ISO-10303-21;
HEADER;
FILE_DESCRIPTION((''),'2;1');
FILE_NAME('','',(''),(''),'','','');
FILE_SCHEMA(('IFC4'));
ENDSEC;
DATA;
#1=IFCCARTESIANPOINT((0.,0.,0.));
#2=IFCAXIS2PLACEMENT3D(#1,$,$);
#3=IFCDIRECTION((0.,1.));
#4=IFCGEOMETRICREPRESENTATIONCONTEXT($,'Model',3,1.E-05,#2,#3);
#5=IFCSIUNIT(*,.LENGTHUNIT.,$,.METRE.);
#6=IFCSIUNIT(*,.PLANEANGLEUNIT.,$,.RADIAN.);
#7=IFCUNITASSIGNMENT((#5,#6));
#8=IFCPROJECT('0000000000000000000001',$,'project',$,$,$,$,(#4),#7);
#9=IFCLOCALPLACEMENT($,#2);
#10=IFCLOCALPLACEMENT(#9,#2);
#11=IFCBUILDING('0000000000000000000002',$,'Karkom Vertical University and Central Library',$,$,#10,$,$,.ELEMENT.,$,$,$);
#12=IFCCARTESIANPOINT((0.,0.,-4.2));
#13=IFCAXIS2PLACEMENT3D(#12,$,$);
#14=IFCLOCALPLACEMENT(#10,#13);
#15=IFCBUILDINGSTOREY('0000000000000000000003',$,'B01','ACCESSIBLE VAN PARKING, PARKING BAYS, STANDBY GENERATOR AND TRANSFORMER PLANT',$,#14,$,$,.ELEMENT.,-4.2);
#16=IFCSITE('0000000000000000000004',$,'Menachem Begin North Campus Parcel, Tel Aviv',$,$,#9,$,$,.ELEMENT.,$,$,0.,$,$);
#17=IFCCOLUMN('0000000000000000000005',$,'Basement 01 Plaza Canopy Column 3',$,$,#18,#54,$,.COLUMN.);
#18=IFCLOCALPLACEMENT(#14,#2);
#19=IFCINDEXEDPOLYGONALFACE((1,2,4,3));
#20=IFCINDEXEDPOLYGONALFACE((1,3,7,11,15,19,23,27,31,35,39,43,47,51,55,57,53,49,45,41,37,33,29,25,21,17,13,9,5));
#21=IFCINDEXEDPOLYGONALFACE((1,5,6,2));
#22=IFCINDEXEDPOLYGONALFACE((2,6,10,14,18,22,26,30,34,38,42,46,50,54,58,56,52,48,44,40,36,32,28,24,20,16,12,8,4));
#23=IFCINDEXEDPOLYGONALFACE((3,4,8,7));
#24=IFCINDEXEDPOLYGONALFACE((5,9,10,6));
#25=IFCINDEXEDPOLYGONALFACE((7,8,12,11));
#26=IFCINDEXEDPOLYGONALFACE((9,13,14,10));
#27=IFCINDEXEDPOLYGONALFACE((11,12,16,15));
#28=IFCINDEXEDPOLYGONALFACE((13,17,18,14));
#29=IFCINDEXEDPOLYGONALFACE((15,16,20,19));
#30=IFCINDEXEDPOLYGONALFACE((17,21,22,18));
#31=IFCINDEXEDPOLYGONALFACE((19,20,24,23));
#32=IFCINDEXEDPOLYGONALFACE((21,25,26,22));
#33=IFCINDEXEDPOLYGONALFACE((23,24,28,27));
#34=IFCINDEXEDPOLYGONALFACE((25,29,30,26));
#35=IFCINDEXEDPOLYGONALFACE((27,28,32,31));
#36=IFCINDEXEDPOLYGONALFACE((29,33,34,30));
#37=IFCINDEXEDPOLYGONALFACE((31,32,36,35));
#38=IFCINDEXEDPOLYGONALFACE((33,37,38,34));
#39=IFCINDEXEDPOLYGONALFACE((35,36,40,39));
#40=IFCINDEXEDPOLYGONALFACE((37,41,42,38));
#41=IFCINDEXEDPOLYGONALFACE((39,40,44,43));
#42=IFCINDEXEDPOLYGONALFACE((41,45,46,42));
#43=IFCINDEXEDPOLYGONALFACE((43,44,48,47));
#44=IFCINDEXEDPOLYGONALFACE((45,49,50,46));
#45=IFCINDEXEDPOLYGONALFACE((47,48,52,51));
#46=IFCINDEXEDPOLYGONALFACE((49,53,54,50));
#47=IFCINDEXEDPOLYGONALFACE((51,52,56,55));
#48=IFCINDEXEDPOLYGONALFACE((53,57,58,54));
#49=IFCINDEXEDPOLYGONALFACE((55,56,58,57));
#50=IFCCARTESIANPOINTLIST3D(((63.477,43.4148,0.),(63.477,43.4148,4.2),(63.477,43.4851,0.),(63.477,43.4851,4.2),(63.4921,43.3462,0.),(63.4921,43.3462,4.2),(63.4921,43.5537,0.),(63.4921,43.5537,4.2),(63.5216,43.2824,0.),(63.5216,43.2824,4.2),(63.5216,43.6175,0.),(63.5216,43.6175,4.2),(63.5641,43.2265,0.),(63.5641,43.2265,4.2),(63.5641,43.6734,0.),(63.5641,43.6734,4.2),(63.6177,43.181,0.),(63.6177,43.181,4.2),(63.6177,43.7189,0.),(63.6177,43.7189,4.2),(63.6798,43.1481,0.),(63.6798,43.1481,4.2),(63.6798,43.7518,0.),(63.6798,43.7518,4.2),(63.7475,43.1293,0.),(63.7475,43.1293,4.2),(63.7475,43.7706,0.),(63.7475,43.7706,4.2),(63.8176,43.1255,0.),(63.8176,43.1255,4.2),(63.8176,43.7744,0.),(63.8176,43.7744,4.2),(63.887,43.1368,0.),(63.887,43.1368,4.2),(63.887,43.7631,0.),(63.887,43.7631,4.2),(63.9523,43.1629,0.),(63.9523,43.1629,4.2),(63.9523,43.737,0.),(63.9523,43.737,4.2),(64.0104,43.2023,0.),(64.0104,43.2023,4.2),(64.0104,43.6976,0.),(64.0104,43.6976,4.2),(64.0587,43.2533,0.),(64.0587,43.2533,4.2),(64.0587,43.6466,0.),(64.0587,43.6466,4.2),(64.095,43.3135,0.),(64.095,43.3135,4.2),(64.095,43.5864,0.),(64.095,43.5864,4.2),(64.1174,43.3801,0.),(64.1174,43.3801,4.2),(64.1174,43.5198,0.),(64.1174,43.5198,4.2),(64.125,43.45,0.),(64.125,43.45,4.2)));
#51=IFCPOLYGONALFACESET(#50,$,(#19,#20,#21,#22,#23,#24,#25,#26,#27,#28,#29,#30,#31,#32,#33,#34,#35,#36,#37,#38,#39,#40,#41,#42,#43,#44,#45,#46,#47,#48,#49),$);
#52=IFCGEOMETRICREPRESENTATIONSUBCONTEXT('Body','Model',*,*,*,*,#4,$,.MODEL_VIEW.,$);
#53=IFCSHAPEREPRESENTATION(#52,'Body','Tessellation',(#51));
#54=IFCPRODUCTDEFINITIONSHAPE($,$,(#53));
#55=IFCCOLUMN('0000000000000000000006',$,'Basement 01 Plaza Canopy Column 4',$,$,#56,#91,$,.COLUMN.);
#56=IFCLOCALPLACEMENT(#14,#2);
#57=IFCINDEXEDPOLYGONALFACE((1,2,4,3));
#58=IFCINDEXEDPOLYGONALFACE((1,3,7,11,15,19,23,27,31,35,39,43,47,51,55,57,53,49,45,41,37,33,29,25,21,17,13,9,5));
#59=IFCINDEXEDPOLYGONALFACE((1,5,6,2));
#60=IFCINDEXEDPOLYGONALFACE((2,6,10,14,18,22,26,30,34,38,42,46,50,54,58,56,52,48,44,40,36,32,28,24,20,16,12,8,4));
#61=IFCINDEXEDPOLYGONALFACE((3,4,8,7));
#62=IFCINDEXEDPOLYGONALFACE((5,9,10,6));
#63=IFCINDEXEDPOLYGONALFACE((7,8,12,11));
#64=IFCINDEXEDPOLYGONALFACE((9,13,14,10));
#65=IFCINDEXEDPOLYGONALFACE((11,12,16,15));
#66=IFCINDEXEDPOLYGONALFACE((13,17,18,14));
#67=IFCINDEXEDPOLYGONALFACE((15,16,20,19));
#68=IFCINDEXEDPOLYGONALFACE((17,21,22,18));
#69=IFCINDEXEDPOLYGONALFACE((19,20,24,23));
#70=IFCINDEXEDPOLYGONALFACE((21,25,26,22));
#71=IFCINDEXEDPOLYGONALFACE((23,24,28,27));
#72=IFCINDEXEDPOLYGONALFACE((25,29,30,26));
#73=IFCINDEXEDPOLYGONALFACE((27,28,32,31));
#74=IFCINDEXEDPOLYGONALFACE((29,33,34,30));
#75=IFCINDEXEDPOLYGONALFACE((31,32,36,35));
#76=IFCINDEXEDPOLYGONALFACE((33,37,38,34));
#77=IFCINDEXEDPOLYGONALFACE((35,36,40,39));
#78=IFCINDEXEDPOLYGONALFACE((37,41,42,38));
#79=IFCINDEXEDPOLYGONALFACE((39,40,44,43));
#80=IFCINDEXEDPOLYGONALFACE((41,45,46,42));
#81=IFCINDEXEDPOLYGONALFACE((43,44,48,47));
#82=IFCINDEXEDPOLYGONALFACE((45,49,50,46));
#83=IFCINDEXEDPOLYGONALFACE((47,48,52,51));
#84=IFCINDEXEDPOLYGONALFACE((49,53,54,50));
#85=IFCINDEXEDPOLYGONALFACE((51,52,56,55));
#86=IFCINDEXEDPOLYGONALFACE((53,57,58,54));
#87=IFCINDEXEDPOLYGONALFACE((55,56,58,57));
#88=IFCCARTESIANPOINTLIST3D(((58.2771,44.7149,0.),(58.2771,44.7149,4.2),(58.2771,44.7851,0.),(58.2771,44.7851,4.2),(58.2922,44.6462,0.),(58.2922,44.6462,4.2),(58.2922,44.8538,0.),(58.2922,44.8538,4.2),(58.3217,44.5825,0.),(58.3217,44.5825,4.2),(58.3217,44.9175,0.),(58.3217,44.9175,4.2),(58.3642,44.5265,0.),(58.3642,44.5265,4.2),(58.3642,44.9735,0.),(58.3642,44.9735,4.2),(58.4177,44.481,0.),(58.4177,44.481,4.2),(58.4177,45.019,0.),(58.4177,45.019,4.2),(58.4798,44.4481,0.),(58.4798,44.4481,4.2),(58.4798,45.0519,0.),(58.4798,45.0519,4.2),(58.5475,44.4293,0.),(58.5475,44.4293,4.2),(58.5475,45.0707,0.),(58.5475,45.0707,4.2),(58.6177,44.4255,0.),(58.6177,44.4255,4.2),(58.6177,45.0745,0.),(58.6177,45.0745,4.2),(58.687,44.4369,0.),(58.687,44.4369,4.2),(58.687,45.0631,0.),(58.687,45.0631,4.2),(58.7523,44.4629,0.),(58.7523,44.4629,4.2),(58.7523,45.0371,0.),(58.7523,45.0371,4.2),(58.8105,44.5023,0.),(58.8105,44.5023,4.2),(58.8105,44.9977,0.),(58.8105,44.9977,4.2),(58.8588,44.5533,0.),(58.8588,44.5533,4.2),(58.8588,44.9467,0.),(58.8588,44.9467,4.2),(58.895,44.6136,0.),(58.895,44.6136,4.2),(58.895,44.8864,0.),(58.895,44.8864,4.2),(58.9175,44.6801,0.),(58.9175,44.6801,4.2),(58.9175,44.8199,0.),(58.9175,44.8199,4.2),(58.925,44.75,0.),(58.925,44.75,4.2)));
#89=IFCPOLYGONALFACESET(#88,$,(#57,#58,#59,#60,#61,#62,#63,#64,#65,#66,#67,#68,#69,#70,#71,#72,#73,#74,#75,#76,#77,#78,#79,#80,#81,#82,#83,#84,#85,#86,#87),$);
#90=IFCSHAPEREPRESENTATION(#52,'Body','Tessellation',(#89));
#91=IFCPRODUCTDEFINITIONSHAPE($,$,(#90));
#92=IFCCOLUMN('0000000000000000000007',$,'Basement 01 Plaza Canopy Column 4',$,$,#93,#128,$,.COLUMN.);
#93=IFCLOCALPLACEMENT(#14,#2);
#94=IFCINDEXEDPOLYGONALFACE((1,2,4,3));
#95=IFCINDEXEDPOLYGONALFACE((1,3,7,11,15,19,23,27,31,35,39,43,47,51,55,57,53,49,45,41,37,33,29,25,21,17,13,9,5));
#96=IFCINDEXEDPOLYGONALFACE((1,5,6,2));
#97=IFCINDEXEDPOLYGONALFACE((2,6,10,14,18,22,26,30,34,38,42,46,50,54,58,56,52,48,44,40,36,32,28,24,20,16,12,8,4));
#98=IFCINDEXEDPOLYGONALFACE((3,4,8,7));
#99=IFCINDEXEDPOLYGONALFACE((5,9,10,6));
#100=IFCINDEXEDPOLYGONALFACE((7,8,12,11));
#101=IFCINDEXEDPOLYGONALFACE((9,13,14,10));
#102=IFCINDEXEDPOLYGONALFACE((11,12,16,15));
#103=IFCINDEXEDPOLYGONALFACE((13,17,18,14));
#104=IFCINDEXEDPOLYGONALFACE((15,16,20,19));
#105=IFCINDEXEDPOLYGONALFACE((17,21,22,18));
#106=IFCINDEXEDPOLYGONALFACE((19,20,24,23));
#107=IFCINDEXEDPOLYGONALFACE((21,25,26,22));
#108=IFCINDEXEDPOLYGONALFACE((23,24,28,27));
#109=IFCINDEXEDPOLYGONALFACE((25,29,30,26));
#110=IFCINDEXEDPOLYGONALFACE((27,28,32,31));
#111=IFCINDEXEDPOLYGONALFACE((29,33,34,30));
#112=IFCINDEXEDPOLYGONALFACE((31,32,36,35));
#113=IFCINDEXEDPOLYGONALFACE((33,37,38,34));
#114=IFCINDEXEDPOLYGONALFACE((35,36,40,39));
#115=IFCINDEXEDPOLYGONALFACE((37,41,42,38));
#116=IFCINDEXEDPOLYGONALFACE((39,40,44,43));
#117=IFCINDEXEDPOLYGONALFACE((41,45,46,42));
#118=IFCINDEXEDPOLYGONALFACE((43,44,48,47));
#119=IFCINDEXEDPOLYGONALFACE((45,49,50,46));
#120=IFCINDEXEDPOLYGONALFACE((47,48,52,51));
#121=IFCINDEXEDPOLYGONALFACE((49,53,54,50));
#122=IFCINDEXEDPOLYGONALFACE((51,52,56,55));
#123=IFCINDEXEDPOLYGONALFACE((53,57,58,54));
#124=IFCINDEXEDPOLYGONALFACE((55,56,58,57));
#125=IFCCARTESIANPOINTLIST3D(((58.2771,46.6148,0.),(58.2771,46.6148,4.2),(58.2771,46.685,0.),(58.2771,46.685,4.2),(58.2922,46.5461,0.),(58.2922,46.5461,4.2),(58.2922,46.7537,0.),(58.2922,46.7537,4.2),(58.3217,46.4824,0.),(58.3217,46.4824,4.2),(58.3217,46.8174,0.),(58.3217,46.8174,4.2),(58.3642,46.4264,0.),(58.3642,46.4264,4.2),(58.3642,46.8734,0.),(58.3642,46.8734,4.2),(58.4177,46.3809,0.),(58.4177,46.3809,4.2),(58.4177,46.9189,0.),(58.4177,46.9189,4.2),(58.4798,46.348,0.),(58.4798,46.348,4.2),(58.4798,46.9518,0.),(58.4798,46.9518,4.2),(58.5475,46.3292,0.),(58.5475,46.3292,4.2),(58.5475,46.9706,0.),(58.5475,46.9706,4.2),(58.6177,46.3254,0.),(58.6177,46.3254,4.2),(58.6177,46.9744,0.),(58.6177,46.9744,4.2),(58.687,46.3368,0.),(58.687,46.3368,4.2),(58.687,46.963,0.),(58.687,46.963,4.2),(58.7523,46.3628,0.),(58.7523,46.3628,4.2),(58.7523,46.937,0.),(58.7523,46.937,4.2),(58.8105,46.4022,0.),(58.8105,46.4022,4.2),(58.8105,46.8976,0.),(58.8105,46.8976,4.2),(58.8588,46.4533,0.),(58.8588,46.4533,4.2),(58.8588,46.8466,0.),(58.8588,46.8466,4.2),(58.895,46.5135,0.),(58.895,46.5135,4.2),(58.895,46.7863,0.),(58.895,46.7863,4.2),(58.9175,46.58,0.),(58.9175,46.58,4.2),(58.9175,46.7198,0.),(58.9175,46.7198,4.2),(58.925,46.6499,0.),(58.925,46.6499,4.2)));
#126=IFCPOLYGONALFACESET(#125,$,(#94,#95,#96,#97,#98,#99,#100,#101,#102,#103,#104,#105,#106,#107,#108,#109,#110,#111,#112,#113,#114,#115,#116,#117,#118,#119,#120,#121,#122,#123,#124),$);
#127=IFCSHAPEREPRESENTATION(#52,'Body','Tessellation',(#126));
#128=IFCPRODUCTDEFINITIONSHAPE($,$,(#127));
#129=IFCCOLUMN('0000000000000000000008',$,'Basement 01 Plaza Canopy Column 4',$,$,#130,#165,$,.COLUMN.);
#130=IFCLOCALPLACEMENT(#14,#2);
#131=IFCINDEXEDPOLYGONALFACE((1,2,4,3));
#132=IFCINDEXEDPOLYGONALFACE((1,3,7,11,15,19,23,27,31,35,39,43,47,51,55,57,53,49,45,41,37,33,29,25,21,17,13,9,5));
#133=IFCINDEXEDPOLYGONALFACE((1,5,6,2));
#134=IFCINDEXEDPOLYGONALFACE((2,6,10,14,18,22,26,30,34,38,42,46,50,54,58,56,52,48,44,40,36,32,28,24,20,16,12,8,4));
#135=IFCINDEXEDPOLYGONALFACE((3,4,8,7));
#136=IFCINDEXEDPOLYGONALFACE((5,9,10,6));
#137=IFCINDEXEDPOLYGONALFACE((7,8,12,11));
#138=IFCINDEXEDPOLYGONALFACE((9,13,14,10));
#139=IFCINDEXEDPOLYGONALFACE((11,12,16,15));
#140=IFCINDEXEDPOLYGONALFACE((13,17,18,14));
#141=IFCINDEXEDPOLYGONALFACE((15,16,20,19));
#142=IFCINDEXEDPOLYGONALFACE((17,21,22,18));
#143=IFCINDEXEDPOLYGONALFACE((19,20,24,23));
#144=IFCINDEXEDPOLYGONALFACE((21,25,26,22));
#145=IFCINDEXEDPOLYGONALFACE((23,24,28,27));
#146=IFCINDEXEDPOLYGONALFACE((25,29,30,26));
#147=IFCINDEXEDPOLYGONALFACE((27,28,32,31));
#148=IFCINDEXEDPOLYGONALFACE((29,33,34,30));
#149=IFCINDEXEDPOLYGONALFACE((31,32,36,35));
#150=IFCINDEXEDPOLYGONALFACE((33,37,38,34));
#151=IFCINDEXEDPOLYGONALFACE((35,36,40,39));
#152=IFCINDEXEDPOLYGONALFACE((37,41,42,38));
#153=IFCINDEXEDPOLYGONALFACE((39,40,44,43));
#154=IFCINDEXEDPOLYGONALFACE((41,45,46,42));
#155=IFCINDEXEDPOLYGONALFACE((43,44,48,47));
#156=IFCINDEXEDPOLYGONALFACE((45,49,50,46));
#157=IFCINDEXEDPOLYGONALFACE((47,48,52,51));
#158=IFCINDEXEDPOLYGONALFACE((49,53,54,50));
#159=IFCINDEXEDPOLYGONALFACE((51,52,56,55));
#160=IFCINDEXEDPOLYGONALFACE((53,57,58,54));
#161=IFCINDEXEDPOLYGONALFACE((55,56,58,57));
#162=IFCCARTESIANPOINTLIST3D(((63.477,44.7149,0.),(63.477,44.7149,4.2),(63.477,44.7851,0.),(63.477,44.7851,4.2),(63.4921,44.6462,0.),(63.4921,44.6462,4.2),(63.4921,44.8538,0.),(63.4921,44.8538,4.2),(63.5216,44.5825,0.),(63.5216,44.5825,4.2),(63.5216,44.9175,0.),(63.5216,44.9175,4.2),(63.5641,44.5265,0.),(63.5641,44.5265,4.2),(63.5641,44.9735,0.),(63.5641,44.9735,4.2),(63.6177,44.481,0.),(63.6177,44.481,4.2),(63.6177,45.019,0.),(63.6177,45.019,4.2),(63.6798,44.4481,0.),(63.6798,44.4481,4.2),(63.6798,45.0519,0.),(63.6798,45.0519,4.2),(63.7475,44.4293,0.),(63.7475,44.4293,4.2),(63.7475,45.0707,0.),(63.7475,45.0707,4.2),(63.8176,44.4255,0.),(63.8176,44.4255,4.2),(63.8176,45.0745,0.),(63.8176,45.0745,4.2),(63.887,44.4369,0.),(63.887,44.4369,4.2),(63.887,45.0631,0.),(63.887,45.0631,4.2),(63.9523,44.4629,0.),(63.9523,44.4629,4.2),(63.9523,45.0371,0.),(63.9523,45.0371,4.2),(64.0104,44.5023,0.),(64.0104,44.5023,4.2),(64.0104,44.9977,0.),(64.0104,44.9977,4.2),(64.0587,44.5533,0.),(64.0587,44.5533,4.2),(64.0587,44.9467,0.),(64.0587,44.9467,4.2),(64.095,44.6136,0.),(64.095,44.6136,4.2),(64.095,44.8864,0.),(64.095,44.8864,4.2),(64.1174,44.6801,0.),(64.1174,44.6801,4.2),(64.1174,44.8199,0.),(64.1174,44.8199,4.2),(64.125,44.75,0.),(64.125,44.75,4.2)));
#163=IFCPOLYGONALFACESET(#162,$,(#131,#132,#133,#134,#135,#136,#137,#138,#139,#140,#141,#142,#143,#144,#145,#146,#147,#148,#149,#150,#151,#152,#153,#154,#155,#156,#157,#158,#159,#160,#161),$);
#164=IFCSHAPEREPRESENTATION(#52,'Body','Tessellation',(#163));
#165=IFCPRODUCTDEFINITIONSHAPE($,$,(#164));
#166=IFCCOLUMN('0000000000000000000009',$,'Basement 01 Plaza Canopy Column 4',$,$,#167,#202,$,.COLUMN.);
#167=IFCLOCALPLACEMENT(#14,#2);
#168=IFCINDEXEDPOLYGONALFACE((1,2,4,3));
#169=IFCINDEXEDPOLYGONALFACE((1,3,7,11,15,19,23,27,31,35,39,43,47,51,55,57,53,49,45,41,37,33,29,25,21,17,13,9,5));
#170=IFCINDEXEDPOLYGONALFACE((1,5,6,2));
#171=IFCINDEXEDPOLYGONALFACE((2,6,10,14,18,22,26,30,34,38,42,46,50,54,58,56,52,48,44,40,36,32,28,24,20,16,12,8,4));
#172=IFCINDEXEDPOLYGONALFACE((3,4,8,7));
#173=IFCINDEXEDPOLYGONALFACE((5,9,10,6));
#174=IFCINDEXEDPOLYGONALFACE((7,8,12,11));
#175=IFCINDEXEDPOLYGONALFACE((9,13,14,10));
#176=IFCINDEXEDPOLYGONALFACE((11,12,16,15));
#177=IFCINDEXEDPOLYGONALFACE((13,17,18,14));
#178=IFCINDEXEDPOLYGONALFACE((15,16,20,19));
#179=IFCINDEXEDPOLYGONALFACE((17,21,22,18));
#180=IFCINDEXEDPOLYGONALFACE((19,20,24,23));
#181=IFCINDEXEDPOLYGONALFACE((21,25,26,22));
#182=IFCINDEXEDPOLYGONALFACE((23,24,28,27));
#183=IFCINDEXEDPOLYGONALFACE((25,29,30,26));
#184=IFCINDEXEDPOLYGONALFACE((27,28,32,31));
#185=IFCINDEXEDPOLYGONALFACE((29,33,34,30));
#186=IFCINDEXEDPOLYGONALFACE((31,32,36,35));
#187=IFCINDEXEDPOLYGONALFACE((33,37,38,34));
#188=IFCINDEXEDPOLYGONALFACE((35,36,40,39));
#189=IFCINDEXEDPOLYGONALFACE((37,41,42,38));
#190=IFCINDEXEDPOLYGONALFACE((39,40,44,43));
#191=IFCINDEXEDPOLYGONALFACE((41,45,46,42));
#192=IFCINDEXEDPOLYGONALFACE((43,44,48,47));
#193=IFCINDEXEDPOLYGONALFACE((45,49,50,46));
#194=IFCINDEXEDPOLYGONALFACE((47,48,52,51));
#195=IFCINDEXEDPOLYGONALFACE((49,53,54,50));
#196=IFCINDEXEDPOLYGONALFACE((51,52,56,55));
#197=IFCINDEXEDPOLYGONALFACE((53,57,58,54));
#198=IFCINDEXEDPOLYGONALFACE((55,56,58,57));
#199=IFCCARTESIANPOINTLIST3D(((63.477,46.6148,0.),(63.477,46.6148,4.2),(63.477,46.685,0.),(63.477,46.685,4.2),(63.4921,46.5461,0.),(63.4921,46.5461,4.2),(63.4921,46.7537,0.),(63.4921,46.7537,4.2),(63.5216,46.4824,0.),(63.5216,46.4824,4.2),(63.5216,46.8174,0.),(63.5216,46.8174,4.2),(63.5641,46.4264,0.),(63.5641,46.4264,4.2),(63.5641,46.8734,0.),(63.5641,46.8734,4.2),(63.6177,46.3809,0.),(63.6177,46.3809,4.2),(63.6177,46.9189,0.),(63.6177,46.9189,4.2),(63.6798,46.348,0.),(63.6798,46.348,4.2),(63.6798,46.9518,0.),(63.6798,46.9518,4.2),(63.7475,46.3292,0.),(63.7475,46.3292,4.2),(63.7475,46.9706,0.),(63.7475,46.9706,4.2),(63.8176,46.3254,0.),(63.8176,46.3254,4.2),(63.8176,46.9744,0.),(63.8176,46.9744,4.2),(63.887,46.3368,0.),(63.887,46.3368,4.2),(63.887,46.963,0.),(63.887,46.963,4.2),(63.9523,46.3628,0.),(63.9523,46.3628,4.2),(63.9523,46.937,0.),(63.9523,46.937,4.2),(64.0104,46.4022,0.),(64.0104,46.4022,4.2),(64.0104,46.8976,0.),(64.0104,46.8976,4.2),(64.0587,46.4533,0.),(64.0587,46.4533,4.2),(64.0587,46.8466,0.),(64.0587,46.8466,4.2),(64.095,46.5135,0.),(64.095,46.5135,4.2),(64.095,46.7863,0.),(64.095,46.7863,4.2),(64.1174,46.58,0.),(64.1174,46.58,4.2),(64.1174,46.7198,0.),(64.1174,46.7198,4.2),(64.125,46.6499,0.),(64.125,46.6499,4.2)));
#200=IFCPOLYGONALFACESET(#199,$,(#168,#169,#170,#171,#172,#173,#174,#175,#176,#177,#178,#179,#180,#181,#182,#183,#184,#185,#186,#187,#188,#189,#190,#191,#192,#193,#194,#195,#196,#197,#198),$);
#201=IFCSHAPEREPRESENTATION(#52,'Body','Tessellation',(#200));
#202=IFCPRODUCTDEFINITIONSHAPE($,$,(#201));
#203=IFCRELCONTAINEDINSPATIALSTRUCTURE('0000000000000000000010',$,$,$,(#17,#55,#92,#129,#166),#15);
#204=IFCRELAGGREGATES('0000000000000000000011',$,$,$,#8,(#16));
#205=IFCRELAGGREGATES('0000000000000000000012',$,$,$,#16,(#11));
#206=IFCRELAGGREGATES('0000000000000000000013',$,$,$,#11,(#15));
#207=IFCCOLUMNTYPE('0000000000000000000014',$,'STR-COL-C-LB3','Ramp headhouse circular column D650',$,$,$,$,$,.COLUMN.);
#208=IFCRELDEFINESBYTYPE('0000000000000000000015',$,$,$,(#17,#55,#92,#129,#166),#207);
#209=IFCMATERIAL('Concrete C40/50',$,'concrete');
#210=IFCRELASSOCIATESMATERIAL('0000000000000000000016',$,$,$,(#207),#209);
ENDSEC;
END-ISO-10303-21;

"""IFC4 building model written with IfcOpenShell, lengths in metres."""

from ifc_helpers import new_model, si_unit, direction, frame, origin, origin_with_axes, origin_2d, place, context, subcontext, project, spatial, circle, extrude, source, transform, mapped, material, material_profile, profile_set, type_object, element, save


model = new_model("IFC4")

# Units and contexts
model_context = context("Model", 3, precision=1e-05, world=origin(), true_north=direction((0.0, 1.0)))
body_context = subcontext(model_context, "Body", "Model", "MODEL_VIEW")
ifc_project = project(units=[si_unit("LENGTHUNIT", "METRE"), si_unit("PLANEANGLEUNIT", "RADIAN")], contexts=[model_context])

# Site, building, storey
site_placement = place(None, origin())
site = spatial("IfcSite", under=ifc_project, at=site_placement, Name="Menachem Begin North Campus Parcel, Tel Aviv", CompositionType="ELEMENT", RefElevation=0.0)
building_placement = place(site_placement, origin())
building = spatial("IfcBuilding", under=site, at=building_placement, Name="Karkom Vertical University and Central Library", CompositionType="ELEMENT")
storey_placement = place(building_placement, frame((0.0, 0.0, -4.2)))
storey = spatial("IfcBuildingStorey", under=building, at=storey_placement, Name="B01", Description="ACCESSIBLE VAN PARKING, PARKING BAYS, STANDBY GENERATOR AND TRANSFORMER PLANT", CompositionType="ELEMENT", Elevation=-4.2)

# Columns
ifc_material_1 = material(Name="Concrete C40/50", Category="concrete")
ifc_material_profile_1 = material_profile(ifc_material_1, circle(Radius=0.325, at=origin_2d()), Name="RC-D650")
ifc_profile_set_1 = profile_set([ifc_material_profile_1], Name="Concrete C40/50")
column_type_1 = type_object("IfcColumnType", Name="STR-COL-C-LB3", Description="Ramp headhouse circular column D650", PredefinedType="COLUMN", material=ifc_profile_set_1)
shared_shape_1 = source(origin_with_axes(), body_context, "Body", "SweptSolid", [
    extrude(circle(Radius=0.325, at=origin_2d()), origin(), (0.0, 0.0, 1.0), 4.2),
])
for number, where, z_axis, x_axis, name in (
    (1, (63.8, 43.45, 0.0), (0.0, 0.0, 1.0), (1.0, 0.0, 0.0), "Basement 01 Plaza Canopy Column 3"),
    (2, (58.6001, 44.75, 0.0), (0.0, 0.0, 1.0), (1.0, 0.0, 0.0), "Basement 01 Plaza Canopy Column 4"),
    (3, (58.6001, 46.6499, 0.0), (0.0, 0.0, 1.0), (1.0, 0.0, 0.0), "Basement 01 Plaza Canopy Column 4"),
    (4, (63.8, 44.75, 0.0), (0.0, 0.0, 1.0), (1.0, 0.0, 0.0), "Basement 01 Plaza Canopy Column 4"),
    (5, (63.8, 46.6499, 0.0), (0.0, 0.0, 1.0), (1.0, 0.0, 0.0), "Basement 01 Plaza Canopy Column 4"),
):
    element("IfcColumn", number, at=place(storey_placement, frame(where, z_axis=z_axis, x_axis=x_axis)), inside=storey, type_object=column_type_1, Name=name, PredefinedType="COLUMN", context=body_context, shape_type="MappedRepresentation", body=[
        mapped(shared_shape_1, transform((0.0, 0.0, 0.0), scale=1.0)),
    ])

save(model, "model.ifc")
